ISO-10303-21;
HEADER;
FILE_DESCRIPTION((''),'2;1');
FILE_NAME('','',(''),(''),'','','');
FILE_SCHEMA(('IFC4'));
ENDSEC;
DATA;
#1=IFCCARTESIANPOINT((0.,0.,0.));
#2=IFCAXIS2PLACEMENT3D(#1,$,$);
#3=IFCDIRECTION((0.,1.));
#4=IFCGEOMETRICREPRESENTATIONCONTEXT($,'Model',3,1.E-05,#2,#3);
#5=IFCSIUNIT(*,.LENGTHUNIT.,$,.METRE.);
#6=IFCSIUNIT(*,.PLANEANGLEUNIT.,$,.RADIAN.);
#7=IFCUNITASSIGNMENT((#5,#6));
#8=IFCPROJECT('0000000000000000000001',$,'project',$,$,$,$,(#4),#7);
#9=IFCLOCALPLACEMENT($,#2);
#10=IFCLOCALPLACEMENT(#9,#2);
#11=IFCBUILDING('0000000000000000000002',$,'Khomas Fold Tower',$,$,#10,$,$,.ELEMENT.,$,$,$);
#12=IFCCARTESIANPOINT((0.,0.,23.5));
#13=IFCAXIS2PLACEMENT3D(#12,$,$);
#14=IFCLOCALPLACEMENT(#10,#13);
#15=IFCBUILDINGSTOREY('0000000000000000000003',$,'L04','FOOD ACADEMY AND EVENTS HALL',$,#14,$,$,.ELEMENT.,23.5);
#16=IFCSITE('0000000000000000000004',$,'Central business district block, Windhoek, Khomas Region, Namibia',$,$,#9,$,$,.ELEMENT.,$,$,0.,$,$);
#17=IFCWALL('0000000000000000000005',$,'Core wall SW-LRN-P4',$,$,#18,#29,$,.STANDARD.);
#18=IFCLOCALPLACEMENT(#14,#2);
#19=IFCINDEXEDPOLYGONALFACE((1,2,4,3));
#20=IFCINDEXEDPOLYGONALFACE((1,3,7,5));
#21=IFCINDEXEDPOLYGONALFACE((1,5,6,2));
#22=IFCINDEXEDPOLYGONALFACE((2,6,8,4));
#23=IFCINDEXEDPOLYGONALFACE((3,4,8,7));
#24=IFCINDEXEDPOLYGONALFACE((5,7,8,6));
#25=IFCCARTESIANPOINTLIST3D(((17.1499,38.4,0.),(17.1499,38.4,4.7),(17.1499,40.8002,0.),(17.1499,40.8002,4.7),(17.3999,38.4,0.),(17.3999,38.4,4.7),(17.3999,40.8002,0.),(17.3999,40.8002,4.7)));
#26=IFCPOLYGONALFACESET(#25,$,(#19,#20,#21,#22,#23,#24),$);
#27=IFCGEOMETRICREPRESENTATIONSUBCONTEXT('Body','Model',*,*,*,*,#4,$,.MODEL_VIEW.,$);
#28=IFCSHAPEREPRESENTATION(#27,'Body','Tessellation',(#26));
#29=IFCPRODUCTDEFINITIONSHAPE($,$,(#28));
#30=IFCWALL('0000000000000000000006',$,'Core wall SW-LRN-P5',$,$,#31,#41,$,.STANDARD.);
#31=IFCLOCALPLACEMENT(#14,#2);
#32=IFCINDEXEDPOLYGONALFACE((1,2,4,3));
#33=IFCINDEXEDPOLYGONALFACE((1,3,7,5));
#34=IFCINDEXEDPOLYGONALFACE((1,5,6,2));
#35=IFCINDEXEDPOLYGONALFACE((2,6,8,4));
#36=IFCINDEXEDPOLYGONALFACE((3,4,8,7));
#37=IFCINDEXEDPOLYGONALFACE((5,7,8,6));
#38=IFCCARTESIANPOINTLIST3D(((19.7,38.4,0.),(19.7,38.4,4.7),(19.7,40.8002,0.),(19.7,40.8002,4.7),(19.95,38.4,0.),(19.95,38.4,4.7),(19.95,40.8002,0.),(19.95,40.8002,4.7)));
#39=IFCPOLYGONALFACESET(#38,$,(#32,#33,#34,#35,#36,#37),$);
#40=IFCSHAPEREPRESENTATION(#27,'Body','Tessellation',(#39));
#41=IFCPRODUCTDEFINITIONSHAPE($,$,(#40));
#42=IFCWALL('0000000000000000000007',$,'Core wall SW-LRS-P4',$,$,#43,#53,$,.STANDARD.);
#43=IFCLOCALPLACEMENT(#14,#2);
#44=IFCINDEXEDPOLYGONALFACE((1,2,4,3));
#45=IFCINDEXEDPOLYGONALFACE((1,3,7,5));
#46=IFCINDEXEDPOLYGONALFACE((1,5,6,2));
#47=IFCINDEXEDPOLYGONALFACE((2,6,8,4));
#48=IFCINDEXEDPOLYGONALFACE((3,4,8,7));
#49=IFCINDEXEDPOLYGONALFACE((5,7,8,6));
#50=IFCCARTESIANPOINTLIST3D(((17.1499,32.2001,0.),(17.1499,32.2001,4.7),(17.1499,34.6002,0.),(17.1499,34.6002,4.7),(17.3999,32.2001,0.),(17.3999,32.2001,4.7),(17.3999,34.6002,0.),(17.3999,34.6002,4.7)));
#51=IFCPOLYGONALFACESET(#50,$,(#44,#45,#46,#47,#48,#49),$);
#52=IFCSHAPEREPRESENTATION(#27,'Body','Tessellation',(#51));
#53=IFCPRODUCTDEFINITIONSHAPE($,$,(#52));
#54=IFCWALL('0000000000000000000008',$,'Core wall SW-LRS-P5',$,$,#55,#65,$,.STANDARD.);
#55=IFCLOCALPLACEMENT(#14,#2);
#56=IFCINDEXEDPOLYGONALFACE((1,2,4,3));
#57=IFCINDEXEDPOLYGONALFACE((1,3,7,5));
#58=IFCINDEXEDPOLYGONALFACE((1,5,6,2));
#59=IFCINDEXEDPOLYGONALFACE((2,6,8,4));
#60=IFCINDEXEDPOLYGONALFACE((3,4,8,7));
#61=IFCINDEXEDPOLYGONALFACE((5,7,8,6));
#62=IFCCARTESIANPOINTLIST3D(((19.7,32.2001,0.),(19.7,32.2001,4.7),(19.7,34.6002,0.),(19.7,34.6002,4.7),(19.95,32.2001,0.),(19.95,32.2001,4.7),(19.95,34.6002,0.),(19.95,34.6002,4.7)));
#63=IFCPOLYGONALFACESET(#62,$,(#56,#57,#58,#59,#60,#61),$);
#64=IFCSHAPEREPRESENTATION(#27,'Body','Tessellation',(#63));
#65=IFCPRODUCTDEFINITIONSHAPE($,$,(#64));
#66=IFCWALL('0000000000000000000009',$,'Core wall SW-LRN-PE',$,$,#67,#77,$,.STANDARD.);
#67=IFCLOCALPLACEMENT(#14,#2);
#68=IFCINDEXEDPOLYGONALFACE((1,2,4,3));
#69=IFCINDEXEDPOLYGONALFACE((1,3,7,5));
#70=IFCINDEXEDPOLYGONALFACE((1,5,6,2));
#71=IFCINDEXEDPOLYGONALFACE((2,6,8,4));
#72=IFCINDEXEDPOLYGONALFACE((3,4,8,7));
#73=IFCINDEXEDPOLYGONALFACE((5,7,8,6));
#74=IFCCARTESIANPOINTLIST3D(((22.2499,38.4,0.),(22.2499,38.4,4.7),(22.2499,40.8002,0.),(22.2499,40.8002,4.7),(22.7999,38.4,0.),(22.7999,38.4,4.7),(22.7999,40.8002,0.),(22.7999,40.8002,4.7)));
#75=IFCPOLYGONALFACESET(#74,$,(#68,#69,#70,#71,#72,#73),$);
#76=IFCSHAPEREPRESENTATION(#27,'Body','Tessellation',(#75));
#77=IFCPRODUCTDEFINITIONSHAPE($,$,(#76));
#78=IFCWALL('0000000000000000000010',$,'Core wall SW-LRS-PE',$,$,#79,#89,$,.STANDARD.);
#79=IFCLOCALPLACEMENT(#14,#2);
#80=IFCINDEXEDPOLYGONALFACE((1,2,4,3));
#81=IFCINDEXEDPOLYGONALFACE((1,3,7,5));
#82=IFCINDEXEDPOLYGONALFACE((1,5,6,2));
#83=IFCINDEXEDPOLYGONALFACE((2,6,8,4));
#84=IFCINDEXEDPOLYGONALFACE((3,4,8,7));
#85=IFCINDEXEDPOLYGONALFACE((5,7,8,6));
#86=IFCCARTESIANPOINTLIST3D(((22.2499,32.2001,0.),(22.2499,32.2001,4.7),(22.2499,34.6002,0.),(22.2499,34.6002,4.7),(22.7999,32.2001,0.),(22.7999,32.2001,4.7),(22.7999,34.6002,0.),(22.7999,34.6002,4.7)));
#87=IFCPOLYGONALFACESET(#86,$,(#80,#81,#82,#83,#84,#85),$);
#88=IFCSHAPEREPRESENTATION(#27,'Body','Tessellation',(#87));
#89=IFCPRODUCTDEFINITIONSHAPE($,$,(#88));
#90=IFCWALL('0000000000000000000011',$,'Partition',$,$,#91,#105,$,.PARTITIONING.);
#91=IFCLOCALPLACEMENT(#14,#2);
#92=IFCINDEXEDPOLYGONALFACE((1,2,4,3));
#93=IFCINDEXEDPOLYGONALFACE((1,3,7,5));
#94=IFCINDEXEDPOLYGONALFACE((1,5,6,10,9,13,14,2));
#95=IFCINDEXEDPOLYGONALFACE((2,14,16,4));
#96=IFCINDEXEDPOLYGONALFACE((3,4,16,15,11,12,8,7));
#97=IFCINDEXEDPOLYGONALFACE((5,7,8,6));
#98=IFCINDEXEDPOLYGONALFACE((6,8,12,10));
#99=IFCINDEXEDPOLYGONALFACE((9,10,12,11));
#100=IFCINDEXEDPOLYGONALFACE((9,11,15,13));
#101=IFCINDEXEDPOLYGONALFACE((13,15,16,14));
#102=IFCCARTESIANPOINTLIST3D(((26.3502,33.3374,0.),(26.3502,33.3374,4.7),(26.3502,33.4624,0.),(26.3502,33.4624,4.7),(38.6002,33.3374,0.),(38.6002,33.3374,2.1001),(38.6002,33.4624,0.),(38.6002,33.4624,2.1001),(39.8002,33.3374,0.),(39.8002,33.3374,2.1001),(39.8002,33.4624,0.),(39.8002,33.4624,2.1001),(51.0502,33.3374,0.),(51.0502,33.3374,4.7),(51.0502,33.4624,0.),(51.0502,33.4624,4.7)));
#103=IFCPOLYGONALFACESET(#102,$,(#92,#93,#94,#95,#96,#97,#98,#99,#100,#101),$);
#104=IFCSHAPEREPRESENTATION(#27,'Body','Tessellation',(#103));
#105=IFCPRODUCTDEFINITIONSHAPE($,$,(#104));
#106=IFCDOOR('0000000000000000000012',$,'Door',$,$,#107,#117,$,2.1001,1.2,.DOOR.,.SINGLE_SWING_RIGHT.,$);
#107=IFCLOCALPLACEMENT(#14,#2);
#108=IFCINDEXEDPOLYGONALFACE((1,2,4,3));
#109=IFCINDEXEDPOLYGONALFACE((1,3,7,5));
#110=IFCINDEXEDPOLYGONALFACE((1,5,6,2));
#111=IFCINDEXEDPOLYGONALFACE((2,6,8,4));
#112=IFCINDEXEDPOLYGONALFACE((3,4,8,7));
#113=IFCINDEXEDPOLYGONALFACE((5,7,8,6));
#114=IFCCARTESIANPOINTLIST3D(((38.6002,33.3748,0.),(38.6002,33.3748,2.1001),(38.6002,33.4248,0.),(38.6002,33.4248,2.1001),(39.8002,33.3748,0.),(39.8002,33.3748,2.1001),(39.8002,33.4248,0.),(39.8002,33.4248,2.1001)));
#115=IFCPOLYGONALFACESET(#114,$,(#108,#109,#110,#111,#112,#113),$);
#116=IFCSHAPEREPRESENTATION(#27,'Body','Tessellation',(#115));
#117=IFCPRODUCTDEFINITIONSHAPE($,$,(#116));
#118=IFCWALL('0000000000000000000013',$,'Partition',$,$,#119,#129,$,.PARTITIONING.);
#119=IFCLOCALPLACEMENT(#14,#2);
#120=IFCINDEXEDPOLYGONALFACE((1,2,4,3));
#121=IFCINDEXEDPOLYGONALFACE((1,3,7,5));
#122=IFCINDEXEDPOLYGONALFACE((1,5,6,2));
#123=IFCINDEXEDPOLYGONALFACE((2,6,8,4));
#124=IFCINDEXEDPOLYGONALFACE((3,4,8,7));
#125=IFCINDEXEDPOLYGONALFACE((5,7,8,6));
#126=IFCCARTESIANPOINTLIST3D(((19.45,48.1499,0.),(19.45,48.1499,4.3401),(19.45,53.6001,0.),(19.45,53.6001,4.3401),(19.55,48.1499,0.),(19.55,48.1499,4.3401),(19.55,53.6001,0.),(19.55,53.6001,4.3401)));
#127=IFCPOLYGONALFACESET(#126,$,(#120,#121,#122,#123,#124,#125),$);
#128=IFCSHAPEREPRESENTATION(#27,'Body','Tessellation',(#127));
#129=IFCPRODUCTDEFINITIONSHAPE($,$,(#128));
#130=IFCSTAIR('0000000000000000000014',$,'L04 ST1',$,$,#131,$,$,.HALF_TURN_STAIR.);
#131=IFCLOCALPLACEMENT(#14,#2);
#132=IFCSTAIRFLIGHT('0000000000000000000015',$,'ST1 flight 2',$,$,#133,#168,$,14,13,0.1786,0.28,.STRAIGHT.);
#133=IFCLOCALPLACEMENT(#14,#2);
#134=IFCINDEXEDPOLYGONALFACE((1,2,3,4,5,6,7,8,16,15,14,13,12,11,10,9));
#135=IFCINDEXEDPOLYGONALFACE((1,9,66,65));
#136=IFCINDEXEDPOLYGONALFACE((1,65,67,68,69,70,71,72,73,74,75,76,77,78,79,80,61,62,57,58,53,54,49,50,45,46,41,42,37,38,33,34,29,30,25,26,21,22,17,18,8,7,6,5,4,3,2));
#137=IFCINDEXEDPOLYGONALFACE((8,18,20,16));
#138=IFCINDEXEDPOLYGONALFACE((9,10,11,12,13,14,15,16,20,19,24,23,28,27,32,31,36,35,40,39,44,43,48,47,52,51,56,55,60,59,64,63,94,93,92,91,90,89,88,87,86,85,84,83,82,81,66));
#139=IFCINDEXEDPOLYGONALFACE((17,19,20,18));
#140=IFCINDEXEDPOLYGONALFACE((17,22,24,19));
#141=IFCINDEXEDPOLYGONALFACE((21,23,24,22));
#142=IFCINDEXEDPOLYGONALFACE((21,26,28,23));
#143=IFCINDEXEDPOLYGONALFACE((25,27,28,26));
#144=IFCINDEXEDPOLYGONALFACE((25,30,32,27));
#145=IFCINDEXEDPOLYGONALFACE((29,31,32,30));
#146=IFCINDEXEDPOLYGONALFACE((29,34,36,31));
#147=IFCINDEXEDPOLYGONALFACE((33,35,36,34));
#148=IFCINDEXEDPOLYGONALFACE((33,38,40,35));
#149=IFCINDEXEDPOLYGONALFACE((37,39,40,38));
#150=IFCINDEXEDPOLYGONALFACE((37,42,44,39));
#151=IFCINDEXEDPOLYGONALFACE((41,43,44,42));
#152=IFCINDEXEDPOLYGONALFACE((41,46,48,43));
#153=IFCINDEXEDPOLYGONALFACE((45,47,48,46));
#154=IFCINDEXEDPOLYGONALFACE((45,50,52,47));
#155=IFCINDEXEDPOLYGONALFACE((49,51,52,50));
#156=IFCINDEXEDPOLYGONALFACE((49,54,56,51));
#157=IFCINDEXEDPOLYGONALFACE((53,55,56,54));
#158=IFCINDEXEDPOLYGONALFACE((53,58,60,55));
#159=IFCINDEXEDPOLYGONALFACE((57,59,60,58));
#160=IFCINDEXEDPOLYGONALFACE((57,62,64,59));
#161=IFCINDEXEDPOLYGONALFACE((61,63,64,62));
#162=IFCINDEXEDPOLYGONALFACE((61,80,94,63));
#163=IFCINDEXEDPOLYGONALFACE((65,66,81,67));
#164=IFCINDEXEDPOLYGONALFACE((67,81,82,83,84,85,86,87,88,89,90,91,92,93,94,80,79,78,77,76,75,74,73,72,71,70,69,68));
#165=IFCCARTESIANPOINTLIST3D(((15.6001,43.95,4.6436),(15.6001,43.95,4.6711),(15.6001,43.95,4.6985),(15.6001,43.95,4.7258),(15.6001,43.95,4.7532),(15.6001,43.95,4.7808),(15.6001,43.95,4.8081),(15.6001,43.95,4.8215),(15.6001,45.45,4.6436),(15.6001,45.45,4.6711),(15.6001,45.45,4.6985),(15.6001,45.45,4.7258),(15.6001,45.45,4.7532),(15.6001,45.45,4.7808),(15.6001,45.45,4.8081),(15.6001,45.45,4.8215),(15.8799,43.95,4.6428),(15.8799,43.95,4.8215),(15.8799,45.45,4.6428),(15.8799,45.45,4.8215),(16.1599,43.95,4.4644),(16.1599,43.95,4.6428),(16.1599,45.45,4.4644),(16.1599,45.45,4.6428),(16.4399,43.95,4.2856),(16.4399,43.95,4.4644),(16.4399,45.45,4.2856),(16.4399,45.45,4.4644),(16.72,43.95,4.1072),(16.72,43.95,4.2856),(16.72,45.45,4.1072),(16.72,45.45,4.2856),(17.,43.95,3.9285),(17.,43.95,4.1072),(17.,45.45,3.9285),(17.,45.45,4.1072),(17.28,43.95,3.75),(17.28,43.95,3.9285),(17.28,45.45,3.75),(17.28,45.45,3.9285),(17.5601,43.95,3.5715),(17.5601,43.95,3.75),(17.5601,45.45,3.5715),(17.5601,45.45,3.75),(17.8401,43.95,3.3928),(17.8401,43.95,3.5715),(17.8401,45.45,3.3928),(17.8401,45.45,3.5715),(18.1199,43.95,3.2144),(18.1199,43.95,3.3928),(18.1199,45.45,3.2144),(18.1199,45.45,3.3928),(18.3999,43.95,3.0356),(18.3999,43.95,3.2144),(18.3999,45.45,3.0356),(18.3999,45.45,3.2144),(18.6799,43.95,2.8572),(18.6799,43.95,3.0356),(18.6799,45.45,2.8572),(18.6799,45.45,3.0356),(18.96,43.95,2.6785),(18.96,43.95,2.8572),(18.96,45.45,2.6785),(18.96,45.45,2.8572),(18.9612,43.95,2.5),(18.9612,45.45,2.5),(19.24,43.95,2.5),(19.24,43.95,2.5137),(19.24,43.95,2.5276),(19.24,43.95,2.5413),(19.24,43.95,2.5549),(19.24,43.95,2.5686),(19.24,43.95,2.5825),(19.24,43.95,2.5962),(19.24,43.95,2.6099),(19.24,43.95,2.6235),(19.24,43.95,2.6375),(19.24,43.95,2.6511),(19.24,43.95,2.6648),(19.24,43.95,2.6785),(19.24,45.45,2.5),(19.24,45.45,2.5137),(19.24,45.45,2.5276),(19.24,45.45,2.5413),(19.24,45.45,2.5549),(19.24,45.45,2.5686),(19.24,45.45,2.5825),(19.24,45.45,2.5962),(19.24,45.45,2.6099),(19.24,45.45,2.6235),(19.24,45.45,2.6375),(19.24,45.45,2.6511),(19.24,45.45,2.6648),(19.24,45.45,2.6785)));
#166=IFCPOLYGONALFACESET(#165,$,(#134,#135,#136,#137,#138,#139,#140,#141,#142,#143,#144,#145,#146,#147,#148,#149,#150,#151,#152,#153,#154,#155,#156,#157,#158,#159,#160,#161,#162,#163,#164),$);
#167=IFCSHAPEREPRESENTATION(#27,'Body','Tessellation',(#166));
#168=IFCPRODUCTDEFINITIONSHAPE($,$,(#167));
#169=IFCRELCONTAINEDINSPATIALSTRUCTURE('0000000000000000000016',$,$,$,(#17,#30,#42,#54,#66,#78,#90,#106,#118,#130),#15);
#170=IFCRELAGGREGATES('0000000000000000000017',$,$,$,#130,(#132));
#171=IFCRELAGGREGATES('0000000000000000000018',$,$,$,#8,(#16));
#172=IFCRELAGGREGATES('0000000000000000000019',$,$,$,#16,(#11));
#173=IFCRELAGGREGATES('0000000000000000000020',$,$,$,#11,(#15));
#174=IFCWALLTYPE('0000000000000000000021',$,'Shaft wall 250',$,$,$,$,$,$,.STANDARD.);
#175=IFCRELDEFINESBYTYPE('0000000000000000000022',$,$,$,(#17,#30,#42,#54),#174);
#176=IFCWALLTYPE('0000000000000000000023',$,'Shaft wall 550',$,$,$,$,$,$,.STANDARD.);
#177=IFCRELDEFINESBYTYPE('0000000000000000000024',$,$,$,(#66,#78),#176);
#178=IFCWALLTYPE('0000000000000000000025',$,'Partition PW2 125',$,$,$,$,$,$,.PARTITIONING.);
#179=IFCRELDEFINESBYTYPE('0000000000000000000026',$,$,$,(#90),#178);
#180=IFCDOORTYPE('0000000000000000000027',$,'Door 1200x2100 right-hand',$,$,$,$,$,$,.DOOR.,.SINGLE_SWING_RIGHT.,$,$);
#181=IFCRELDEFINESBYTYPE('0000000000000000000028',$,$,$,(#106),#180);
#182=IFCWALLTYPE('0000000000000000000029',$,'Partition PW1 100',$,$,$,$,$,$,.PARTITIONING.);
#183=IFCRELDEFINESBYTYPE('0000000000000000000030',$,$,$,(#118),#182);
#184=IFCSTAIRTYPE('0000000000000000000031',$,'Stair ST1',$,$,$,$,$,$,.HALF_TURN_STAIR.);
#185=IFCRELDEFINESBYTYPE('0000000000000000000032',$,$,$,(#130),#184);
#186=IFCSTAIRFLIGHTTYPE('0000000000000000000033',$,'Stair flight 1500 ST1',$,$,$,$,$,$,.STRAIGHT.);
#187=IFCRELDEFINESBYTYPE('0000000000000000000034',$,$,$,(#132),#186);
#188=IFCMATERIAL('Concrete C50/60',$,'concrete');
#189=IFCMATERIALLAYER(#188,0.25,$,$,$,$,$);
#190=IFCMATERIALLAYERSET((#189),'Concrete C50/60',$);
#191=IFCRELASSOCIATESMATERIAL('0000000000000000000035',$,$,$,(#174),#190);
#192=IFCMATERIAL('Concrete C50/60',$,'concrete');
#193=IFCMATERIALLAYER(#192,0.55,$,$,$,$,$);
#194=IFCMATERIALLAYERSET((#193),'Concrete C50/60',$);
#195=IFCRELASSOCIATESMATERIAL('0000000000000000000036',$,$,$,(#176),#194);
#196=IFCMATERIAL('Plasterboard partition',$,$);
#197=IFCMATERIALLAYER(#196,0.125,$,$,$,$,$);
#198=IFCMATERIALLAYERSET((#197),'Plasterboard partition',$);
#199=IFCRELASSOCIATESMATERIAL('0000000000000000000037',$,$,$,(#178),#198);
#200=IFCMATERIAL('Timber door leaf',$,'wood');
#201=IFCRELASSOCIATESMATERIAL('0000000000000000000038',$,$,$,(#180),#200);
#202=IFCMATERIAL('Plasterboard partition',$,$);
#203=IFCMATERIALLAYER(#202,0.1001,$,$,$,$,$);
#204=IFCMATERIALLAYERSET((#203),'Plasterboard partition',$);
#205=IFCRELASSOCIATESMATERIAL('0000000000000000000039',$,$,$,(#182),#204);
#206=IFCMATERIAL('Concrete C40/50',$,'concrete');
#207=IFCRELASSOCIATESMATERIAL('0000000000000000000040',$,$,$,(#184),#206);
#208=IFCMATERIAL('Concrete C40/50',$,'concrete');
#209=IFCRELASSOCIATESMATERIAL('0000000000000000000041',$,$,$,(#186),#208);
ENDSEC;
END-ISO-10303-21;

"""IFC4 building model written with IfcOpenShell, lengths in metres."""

from ifc_helpers import new_model, si_unit, direction, frame, frame_2d, origin, place, context, subcontext, project, spatial, polyline, rectangle, outline, extrude, source, transform, mapped, material, layer, layer_set, type_object, element, fill, aggregate, save


model = new_model("IFC4")

# Units and contexts
model_context = context("Model", 3, precision=1e-05, world=origin(), true_north=direction((0.0, 1.0)))
body_context = subcontext(model_context, "Body", "Model", "MODEL_VIEW")
ifc_project = project(units=[si_unit("LENGTHUNIT", "METRE"), si_unit("PLANEANGLEUNIT", "RADIAN")], contexts=[model_context])

# Site, building, storey
site_placement = place(None, origin())
site = spatial("IfcSite", under=ifc_project, at=site_placement, Name="Central business district block, Windhoek, Khomas Region, Namibia", CompositionType="ELEMENT", RefElevation=0.0)
building_placement = place(site_placement, origin())
building = spatial("IfcBuilding", under=site, at=building_placement, Name="Khomas Fold Tower", CompositionType="ELEMENT")
storey_placement = place(building_placement, frame((0.0, 0.0, 23.5)))
storey = spatial("IfcBuildingStorey", under=building, at=storey_placement, Name="L04", Description="FOOD ACADEMY AND EVENTS HALL", CompositionType="ELEMENT", Elevation=23.5)

# Shared definitions
shared_shape_1 = source(origin(), body_context, "Body", "SweptSolid", [
    extrude(rectangle(XDim=1.2, YDim=2.1001, at=frame_2d((0.6001, 1.05))), frame((0.0, 0.0249, 0.0), z_axis=(0.0, -1.0, 0.0), x_axis=(1.0, 0.0, 0.0)), (0.0, 0.0, 1.0), 0.05),
])

# Walls
ifc_material_1 = material(Name="Concrete C50/60", Category="concrete")
ifc_layer_1 = layer(ifc_material_1, 0.25)
ifc_layer_set_1 = layer_set([ifc_layer_1], Name="Concrete C50/60")
wall_type_1 = type_object("IfcWallType", Name="Shaft wall 250", PredefinedType="STANDARD", material=ifc_layer_set_1)
shared_shape_2 = source(origin(), body_context, "Body", "SweptSolid", [
    extrude(rectangle(XDim=2.4001, YDim=0.25, at=frame_2d((1.2002, 0.0))), origin(), (0.0, 0.0, 1.0), 4.7),
])
for number, where, z_axis, x_axis, name in (
    (1, (17.2749, 38.3999, 0.0), (0.0, 0.0, 1.0), (0.0, 1.0, 0.0), "Core wall SW-LRN-P4"),
    (2, (19.825, 38.3999, 0.0), (0.0, 0.0, 1.0), (0.0, 1.0, 0.0), "Core wall SW-LRN-P5"),
    (3, (17.2749, 32.2, 0.0), (0.0, 0.0, 1.0), (0.0, 1.0, 0.0), "Core wall SW-LRS-P4"),
    (4, (19.825, 32.2, 0.0), (0.0, 0.0, 1.0), (0.0, 1.0, 0.0), "Core wall SW-LRS-P5"),
):
    element("IfcWall", number, at=place(storey_placement, frame(where, z_axis=z_axis, x_axis=x_axis)), inside=storey, type_object=wall_type_1, Name=name, PredefinedType="STANDARD", context=body_context, shape_type="MappedRepresentation", body=[
        mapped(shared_shape_2, transform((0.0, 0.0, 0.0))),
    ])
ifc_material_2 = material(Name="Concrete C50/60", Category="concrete")
ifc_layer_2 = layer(ifc_material_2, 0.55)
ifc_layer_set_2 = layer_set([ifc_layer_2], Name="Concrete C50/60")
wall_type_2 = type_object("IfcWallType", Name="Shaft wall 550", PredefinedType="STANDARD", material=ifc_layer_set_2)
shared_shape_3 = source(origin(), body_context, "Body", "SweptSolid", [
    extrude(rectangle(XDim=2.4001, YDim=0.55, at=frame_2d((1.2002, 0.0))), origin(), (0.0, 0.0, 1.0), 4.7),
])
for number, where, z_axis, x_axis, name in (
    (5, (22.5249, 38.3999, 0.0), (0.0, 0.0, 1.0), (0.0, 1.0, 0.0), "Core wall SW-LRN-PE"),
    (6, (22.5249, 32.2, 0.0), (0.0, 0.0, 1.0), (0.0, 1.0, 0.0), "Core wall SW-LRS-PE"),
):
    element("IfcWall", number, at=place(storey_placement, frame(where, z_axis=z_axis, x_axis=x_axis)), inside=storey, type_object=wall_type_2, Name=name, PredefinedType="STANDARD", context=body_context, shape_type="MappedRepresentation", body=[
        mapped(shared_shape_3, transform((0.0, 0.0, 0.0))),
    ])

# Wall, opening, door
ifc_material_3 = material(Name="Plasterboard partition")
ifc_layer_3 = layer(ifc_material_3, 0.125)
ifc_layer_set_3 = layer_set([ifc_layer_3], Name="Plasterboard partition")
wall_type_3 = type_object("IfcWallType", Name="Partition PW2 125", PredefinedType="PARTITIONING", material=ifc_layer_set_3)
shared_shape_4 = source(origin(), body_context, "Body", "SweptSolid", [
    extrude(rectangle(XDim=24.7, YDim=0.125, at=frame_2d((12.3501, 0.0))), origin(), (0.0, 0.0, 1.0), 4.7),
])
wall_1_placement = place(storey_placement, frame((26.3501, 33.3999, 0.0), z_axis=(0.0, 0.0, 1.0), x_axis=(1.0, 0.0, 0.0)))
wall_1 = element("IfcWall", 7, at=wall_1_placement, inside=storey, type_object=wall_type_3, Name="Partition", PredefinedType="PARTITIONING", context=body_context, shape_type="MappedRepresentation", body=[
    mapped(shared_shape_4, transform((0.0, 0.0, 0.0))),
])
shared_shape_5 = source(origin(), body_context, "Body", "SweptSolid", [
    extrude(rectangle(XDim=1.2, YDim=2.1001, at=frame_2d((0.6001, 1.05))), frame((0.0, 0.0725, 0.0), z_axis=(0.0, -1.0, 0.0), x_axis=(1.0, 0.0, 0.0)), (0.0, 0.0, 1.0), 0.145),
])
opening_1_placement = place(wall_1_placement, frame((12.25, 0.0, 0.0)))
opening_1 = element("IfcOpeningElement", 8, at=opening_1_placement, cuts=wall_1, PredefinedType="OPENING", context=body_context, shape_type="MappedRepresentation", body=[
    mapped(shared_shape_5, transform((0.0, 0.0, 0.0))),
])
ifc_material_4 = material(Name="Timber door leaf", Category="wood")
door_type_1 = type_object("IfcDoorType", Name="Door 1200x2100 right-hand", OperationType="SINGLE_SWING_RIGHT", PredefinedType="DOOR", material=ifc_material_4)
door_1_placement = place(opening_1_placement, origin())
door_1 = element("IfcDoor", 9, at=door_1_placement, inside=storey, type_object=door_type_1, Name="Door", OperationType="SINGLE_SWING_RIGHT", OverallHeight=2.1001, OverallWidth=1.2, PredefinedType="DOOR", context=body_context, shape_type="MappedRepresentation", body=[
    mapped(shared_shape_1, transform((0.0, 0.0, 0.0))),
])
fill(opening_1, door_1)

# Wall
ifc_material_5 = material(Name="Plasterboard partition")
ifc_layer_4 = layer(ifc_material_5, 0.1001)
ifc_layer_set_4 = layer_set([ifc_layer_4], Name="Plasterboard partition")
wall_type_4 = type_object("IfcWallType", Name="Partition PW1 100", PredefinedType="PARTITIONING", material=ifc_layer_set_4)
shared_shape_6 = source(origin(), body_context, "Body", "SweptSolid", [
    extrude(rectangle(XDim=5.4502, YDim=0.1001, at=frame_2d((2.7251, 0.0))), origin(), (0.0, 0.0, 1.0), 4.3401),
])
wall_2_placement = place(storey_placement, frame((19.5, 48.1499, 0.0), z_axis=(0.0, 0.0, 1.0), x_axis=(0.0, 1.0, 0.0)))
element("IfcWall", 10, at=wall_2_placement, inside=storey, type_object=wall_type_4, Name="Partition", PredefinedType="PARTITIONING", context=body_context, shape_type="MappedRepresentation", body=[
    mapped(shared_shape_6, transform((0.0, 0.0, 0.0))),
])

# Stair, stair flight
ifc_material_6 = material(Name="Concrete C40/50", Category="concrete")
stair_type_1 = type_object("IfcStairType", Name="Stair ST1", PredefinedType="HALF_TURN_STAIR", material=ifc_material_6)
stair_1_placement = place(storey_placement, origin())
stair_1 = element("IfcStair", 11, at=stair_1_placement, inside=storey, type_object=stair_type_1, Name="L04 ST1", PredefinedType="HALF_TURN_STAIR")
ifc_material_7 = material(Name="Concrete C40/50", Category="concrete")
stair_flight_type_1 = type_object("IfcStairFlightType", Name="Stair flight 1500 ST1", PredefinedType="STRAIGHT", material=ifc_material_7)
shared_shape_7 = source(origin(), body_context, "Body", "SweptSolid", [
    extrude(outline(polyline([(0.0, 0.0), (0.0, 0.0137), (0.0, 0.0276), (0.0, 0.0413), (0.0, 0.0549), (0.0, 0.0686), (0.0, 0.0825), (0.0, 0.0962), (0.0, 0.1099), (0.0, 0.1235), (0.0, 0.1375), (0.0, 0.1511), (0.0, 0.1648), (0.0, 0.1785), (0.28, 0.1785), (0.28, 0.3572), (0.5601, 0.3572), (0.5601, 0.5356), (0.8401, 0.5356), (0.8401, 0.7144), (1.1201, 0.7144), (1.1201, 0.8928), (1.3999, 0.8928), (1.3999, 1.0715), (1.6799, 1.0715), (1.6799, 1.25), (1.96, 1.25), (1.96, 1.4285), (2.24, 1.4285), (2.24, 1.6072), (2.52, 1.6072), (2.52, 1.7856), (2.8, 1.7856), (2.8, 1.9644), (3.0801, 1.9644), (3.0801, 2.1428), (3.3601, 2.1428), (3.3601, 2.3215), (3.6399, 2.3215), (3.6399, 2.5), (3.6399, 2.4727), (3.6399, 2.4451), (3.6399, 2.4177), (3.6399, 2.3904), (3.6399, 2.363), (3.6399, 2.3354), (3.6399, 2.3081), (3.6399, 2.2808), (3.6399, 2.2532), (3.6399, 2.2258), (3.6399, 2.1985), (3.6399, 2.1711), (3.6399, 2.1436), (0.2788, 0.0), (0.0, 0.0)])), frame((0.0, 0.75, 0.0), z_axis=(0.0, -1.0, 0.0), x_axis=(1.0, 0.0, 0.0)), (0.0, 0.0, 1.0), 1.5),
])
stair_flight_1_placement = place(storey_placement, frame((19.24, 44.7, 2.5), z_axis=(0.0, 0.0, 1.0), x_axis=(-1.0, 0.0, 0.0)))
stair_flight_1 = element("IfcStairFlight", 12, at=stair_flight_1_placement, type_object=stair_flight_type_1, Name="ST1 flight 2", NumberOfRisers=14, NumberOfTreads=13, PredefinedType="STRAIGHT", RiserHeight=0.1786, TreadLength=0.28, context=body_context, shape_type="MappedRepresentation", body=[
    mapped(shared_shape_7, transform((0.0, 0.0, 0.0))),
])
aggregate(stair_1, [stair_flight_1])

save(model, "model.ifc")
